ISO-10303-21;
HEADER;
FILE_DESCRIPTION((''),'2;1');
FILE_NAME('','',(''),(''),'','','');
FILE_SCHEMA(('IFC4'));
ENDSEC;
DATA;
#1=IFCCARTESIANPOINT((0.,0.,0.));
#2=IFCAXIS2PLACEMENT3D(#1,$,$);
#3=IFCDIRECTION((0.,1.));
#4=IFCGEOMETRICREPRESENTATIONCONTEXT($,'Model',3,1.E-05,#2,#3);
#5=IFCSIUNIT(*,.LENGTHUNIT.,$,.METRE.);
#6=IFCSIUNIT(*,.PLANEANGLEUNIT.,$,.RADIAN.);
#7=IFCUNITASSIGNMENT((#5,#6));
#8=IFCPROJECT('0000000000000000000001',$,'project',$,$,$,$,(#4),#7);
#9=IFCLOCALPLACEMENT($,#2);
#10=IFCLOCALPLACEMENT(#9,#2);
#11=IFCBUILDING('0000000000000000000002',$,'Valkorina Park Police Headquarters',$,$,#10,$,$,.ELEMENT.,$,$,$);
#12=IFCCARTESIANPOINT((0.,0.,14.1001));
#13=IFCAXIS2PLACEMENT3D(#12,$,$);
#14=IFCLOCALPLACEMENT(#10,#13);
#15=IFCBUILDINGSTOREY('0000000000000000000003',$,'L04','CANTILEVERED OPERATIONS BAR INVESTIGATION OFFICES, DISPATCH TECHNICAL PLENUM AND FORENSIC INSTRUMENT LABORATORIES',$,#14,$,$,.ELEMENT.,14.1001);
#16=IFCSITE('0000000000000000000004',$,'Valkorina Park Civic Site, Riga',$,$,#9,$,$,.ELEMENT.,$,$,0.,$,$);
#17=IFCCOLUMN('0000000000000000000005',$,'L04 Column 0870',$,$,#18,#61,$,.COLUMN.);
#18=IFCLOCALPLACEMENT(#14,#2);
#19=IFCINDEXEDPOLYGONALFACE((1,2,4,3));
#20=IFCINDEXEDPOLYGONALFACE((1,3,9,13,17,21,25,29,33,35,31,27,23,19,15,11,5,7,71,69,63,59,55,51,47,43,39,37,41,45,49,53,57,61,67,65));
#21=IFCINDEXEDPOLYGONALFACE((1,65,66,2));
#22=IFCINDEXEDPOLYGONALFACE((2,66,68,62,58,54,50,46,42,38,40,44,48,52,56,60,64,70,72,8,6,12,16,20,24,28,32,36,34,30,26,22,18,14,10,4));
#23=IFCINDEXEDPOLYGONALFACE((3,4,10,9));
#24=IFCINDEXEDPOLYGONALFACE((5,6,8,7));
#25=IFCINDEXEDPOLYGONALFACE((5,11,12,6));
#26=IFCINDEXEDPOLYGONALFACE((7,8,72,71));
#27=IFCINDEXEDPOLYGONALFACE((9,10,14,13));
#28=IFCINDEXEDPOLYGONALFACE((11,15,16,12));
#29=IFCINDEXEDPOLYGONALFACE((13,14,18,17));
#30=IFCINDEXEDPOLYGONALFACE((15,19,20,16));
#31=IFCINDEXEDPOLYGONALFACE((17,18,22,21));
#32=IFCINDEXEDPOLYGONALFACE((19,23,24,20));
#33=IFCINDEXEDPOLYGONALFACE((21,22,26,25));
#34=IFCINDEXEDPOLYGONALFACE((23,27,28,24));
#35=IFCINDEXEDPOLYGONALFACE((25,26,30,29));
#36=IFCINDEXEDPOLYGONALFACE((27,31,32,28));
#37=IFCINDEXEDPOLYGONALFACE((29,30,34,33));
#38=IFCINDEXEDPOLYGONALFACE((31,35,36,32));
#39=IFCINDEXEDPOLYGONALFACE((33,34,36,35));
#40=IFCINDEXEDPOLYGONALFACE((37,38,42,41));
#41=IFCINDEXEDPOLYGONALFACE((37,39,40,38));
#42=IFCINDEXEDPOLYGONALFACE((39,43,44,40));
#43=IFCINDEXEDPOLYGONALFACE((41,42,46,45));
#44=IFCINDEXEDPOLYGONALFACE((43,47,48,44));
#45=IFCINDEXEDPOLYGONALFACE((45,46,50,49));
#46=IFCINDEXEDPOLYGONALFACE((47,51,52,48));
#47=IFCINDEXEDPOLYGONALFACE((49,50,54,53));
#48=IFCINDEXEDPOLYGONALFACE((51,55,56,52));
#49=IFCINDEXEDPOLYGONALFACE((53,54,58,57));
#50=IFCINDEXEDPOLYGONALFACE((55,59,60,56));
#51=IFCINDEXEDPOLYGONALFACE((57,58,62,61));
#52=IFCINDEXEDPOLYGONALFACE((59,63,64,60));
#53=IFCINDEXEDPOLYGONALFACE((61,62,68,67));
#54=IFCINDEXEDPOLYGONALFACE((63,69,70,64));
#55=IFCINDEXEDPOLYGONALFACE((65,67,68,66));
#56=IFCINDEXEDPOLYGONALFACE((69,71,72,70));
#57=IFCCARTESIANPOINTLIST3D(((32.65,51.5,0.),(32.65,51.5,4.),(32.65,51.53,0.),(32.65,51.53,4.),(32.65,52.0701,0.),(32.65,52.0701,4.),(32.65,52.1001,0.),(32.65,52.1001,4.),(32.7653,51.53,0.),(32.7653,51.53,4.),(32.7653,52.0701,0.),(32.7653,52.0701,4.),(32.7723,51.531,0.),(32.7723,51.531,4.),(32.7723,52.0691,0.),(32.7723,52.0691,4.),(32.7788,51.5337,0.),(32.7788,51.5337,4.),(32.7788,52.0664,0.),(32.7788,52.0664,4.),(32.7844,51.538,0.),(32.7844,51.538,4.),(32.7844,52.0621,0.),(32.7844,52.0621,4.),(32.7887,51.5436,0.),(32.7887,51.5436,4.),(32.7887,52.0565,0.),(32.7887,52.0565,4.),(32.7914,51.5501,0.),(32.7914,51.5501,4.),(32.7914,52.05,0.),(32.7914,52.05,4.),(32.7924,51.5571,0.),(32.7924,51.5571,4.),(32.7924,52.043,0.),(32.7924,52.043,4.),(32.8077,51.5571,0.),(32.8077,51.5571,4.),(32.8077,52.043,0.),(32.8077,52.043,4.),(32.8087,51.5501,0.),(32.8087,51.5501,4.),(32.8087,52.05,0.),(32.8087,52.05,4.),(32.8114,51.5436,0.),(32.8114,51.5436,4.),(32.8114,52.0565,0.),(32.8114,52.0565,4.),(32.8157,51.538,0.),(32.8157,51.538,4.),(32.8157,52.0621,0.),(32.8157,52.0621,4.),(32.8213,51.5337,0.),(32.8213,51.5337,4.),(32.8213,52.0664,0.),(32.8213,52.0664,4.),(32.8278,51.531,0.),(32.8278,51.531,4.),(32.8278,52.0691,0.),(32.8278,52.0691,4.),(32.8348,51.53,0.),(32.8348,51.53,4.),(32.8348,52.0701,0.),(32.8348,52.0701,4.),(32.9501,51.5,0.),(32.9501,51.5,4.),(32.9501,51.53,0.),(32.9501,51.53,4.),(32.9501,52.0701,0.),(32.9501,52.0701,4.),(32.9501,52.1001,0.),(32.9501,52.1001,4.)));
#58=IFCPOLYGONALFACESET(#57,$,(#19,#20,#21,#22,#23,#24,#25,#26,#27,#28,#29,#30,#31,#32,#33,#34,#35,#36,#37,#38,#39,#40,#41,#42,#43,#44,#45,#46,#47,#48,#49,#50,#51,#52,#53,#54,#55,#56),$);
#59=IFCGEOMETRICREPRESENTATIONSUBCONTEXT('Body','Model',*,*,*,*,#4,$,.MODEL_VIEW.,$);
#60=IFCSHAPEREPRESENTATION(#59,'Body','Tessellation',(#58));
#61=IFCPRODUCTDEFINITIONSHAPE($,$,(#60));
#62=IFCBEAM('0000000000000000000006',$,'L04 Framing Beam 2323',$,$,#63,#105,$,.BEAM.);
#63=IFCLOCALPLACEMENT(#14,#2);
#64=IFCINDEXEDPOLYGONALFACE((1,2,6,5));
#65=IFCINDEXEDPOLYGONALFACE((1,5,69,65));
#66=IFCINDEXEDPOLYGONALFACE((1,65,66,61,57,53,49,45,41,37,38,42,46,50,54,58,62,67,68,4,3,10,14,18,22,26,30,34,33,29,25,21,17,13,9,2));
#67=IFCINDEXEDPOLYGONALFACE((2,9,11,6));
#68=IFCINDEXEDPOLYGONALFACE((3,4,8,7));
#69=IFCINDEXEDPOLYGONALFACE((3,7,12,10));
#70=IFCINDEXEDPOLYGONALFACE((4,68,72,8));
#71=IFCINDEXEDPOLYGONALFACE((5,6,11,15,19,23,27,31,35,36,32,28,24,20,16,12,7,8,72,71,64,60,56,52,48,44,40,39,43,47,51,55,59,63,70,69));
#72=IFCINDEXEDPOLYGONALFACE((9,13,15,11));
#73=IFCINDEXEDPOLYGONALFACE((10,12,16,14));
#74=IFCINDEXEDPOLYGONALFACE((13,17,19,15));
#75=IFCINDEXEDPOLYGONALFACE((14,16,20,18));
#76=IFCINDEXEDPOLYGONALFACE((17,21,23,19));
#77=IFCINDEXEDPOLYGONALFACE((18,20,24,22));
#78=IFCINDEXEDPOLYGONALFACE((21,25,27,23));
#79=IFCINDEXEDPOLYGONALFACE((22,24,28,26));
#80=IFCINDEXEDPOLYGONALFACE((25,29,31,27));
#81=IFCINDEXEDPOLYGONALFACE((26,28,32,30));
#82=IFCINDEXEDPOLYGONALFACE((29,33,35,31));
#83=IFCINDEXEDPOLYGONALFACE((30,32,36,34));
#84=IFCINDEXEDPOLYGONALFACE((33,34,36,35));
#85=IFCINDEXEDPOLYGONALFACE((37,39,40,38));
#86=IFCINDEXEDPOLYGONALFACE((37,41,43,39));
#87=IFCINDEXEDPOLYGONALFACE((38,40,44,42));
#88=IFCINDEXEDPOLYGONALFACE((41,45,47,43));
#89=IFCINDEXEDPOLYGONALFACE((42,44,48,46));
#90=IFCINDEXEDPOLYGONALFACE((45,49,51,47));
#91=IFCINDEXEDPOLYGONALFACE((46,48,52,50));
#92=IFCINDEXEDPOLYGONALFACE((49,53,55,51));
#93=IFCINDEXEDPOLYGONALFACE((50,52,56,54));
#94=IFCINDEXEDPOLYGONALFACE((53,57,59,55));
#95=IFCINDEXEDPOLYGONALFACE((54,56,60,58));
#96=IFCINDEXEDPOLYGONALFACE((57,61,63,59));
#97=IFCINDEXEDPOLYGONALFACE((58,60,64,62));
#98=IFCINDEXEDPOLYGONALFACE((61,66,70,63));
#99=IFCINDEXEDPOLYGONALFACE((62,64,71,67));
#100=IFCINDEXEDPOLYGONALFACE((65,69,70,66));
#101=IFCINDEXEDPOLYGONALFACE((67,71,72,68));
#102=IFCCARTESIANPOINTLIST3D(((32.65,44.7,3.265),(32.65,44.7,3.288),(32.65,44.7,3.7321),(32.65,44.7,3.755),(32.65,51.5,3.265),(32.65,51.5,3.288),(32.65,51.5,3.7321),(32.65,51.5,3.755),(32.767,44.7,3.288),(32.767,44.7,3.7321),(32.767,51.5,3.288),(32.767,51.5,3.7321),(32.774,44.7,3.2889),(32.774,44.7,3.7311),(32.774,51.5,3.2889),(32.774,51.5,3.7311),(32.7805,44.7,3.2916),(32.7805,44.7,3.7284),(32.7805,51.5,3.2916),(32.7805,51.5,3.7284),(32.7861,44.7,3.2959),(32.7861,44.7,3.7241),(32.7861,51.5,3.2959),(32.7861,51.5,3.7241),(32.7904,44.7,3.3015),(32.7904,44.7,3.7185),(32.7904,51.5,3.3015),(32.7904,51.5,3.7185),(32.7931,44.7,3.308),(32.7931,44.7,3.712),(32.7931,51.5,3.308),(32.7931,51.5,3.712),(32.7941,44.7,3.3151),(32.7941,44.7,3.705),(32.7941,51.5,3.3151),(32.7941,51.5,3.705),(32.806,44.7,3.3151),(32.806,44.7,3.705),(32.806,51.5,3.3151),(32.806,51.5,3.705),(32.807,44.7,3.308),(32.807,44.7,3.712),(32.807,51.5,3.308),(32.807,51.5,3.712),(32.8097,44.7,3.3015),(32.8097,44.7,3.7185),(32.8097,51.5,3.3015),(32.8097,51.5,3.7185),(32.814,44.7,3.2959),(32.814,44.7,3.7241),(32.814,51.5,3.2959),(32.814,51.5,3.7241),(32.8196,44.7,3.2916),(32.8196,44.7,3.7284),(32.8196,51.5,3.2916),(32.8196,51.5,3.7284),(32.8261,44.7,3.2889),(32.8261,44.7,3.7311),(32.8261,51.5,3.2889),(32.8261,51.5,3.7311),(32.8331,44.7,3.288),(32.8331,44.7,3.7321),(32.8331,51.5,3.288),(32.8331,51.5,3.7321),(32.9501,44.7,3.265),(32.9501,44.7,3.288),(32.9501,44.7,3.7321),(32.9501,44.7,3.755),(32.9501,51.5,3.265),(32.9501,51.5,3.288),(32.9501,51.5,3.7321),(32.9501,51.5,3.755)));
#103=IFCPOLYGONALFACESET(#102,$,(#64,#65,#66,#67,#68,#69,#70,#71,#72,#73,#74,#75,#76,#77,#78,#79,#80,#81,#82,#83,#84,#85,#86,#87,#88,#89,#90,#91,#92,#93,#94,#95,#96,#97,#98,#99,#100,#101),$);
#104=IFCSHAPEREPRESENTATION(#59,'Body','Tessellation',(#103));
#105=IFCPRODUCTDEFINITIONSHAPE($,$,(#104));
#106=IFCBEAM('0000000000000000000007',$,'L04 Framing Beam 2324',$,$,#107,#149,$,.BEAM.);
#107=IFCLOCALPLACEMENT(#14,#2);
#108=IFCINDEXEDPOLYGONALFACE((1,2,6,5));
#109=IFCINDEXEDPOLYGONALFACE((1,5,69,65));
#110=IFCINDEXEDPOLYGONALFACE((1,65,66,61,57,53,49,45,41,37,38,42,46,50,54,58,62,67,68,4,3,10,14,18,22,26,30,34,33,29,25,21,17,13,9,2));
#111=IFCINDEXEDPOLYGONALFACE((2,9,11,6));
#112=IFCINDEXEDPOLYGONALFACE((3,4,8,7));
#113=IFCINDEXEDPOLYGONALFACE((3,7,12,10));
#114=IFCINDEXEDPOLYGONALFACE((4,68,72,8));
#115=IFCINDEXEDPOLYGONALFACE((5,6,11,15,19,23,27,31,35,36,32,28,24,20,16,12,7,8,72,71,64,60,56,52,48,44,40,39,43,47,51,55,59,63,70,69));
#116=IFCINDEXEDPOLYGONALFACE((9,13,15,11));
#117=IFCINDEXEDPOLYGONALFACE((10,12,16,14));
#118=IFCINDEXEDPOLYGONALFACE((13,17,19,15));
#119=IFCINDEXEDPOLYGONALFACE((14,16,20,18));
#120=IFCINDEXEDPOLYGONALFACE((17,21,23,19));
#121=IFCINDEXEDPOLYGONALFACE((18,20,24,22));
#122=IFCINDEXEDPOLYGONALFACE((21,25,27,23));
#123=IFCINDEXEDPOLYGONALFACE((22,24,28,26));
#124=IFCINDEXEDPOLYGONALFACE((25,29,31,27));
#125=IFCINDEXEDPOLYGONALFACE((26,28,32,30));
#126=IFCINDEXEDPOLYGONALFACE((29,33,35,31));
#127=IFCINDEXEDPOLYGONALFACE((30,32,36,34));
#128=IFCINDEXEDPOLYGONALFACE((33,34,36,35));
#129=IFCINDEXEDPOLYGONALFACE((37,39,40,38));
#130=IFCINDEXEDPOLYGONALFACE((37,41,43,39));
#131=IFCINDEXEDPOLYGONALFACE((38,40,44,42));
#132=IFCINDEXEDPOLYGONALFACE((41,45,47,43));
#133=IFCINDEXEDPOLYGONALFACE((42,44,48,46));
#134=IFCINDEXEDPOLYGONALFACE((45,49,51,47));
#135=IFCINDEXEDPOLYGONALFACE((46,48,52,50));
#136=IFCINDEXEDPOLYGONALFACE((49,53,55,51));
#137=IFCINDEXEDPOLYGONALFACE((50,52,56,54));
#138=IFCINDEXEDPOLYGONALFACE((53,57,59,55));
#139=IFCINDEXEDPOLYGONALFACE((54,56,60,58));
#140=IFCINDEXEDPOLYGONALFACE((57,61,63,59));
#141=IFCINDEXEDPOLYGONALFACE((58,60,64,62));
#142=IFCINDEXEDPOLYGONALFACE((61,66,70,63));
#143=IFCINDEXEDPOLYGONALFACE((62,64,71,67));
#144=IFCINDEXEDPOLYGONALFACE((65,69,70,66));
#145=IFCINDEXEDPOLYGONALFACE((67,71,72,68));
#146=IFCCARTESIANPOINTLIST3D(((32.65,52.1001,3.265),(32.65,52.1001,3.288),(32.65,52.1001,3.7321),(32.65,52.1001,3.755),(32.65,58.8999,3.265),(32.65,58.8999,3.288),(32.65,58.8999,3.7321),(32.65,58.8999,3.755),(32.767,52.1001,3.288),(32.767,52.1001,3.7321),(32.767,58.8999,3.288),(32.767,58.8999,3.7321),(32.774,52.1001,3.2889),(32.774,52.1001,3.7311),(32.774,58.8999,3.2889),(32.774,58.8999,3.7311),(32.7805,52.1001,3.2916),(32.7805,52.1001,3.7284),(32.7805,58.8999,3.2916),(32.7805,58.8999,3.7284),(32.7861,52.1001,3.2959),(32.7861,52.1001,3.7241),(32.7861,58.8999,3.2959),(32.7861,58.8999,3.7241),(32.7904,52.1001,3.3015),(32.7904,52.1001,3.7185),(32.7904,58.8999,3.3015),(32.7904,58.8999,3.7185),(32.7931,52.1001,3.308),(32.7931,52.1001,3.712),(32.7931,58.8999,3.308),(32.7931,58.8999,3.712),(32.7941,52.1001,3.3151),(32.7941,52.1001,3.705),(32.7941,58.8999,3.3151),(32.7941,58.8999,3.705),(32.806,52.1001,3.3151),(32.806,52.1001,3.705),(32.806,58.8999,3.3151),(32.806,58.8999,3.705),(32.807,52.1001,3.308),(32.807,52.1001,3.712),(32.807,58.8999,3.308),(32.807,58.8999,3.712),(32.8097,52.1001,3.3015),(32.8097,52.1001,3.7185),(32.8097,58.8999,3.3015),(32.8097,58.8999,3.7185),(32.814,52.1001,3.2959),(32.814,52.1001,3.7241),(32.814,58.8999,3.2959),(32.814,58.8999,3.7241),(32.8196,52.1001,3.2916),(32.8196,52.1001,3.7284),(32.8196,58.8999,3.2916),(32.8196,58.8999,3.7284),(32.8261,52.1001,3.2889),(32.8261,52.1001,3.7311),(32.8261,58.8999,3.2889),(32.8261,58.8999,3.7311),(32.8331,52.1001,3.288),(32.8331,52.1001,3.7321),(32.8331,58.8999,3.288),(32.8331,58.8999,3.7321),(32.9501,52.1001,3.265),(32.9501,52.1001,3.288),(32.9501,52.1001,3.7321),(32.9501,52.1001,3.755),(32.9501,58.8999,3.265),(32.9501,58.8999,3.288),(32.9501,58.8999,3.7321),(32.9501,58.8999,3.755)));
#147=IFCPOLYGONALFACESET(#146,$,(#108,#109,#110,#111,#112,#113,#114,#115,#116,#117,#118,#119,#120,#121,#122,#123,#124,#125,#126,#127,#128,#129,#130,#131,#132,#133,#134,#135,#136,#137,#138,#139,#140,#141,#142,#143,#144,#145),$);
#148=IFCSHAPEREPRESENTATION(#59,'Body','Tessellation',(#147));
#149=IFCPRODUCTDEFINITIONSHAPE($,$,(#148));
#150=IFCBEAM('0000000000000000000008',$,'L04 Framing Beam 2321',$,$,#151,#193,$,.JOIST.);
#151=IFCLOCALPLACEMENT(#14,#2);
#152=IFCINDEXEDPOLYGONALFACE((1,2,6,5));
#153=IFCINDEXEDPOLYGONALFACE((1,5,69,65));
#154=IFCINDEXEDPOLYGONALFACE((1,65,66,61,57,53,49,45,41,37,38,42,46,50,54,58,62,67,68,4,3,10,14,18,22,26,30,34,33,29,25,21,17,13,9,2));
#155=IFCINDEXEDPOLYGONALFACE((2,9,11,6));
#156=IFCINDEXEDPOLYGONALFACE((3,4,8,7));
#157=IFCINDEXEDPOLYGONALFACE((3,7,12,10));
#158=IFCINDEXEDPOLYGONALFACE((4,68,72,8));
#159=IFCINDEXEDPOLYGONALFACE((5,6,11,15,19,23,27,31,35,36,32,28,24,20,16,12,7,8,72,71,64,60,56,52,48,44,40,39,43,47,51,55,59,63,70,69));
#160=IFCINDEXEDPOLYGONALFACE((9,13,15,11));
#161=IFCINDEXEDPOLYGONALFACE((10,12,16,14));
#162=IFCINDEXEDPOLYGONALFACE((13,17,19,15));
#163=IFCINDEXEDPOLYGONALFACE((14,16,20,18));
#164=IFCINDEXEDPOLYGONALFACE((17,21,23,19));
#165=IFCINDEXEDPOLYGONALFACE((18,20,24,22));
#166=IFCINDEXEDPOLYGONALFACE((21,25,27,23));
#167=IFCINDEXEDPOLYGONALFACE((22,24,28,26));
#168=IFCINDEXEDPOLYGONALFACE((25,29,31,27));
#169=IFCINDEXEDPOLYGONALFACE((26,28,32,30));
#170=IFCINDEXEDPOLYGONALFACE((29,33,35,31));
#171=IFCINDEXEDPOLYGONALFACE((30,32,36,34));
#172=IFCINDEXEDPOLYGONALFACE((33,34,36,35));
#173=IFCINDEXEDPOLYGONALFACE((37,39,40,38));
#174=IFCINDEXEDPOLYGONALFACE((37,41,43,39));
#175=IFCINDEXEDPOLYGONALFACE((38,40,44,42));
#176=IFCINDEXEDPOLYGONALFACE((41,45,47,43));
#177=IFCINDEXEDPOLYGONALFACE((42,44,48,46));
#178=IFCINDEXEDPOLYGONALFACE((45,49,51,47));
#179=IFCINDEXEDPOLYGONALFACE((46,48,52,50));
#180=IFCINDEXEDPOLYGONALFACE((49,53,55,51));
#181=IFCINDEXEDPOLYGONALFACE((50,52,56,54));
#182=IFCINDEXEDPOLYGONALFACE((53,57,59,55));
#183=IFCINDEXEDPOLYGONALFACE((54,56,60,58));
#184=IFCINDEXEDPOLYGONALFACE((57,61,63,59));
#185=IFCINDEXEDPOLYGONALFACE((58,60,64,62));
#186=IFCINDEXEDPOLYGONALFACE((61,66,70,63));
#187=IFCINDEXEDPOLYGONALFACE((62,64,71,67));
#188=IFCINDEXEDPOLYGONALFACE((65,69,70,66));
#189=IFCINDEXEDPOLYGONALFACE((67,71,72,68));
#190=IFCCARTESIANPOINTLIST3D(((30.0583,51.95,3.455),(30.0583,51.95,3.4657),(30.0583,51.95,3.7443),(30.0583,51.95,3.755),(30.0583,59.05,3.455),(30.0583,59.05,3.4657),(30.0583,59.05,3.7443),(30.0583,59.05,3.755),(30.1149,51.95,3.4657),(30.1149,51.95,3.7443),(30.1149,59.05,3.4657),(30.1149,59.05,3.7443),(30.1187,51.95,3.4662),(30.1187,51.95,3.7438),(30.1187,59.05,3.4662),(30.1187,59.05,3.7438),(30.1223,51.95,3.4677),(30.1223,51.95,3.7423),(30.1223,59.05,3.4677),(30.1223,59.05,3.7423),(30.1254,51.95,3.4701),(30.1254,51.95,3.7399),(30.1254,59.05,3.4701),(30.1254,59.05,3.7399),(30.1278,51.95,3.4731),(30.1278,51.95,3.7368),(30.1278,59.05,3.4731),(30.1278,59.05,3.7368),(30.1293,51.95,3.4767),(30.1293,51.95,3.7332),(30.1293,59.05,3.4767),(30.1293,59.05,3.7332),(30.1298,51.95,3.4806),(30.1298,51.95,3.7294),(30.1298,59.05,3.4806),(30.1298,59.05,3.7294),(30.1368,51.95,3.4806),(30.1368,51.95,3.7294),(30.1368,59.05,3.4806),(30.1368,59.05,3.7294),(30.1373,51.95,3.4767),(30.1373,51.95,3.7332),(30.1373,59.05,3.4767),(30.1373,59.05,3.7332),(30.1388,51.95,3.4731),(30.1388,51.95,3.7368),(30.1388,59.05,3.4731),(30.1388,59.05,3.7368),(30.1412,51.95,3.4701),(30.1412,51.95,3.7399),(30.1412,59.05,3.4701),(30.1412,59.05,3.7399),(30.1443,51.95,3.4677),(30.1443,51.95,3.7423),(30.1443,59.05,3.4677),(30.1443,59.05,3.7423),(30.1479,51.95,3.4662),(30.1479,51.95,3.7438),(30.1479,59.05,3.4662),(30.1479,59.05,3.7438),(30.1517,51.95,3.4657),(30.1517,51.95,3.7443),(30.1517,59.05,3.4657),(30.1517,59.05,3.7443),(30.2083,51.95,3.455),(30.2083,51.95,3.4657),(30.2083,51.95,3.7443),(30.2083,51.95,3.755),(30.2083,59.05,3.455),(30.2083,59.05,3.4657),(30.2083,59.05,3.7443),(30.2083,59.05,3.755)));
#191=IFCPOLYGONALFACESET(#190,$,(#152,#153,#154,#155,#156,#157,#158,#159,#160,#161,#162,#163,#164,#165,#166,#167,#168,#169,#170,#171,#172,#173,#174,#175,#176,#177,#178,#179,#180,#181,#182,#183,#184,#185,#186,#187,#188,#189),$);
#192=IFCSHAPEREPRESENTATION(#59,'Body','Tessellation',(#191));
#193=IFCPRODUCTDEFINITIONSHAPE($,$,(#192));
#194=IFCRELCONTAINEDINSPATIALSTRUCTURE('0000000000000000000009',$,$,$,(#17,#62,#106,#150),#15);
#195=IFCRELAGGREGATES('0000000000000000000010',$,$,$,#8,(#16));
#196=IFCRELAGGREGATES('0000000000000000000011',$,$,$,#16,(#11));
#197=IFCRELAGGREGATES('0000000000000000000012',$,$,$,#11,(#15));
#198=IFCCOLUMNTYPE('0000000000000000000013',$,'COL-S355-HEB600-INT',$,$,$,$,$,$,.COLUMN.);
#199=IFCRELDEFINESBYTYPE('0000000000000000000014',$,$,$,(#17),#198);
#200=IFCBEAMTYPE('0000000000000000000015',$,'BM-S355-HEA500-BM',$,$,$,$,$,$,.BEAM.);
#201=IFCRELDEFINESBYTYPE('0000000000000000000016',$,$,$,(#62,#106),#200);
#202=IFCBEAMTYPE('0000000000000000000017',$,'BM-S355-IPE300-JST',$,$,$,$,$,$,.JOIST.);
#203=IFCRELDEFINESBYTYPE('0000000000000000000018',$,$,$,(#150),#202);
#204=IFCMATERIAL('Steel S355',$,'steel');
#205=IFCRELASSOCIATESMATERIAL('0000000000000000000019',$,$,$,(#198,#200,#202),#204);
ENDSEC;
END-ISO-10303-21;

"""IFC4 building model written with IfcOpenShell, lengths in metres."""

from ifc_helpers import new_model, si_unit, direction, frame, origin, origin_2d, place, context, subcontext, project, spatial, i_section, extrude, material, material_profile, profile_set, type_object, element, save


model = new_model("IFC4")

# Units and contexts
model_context = context("Model", 3, precision=1e-05, world=origin(), true_north=direction((0.0, 1.0)))
body_context = subcontext(model_context, "Body", "Model", "MODEL_VIEW")
ifc_project = project(units=[si_unit("LENGTHUNIT", "METRE"), si_unit("PLANEANGLEUNIT", "RADIAN")], contexts=[model_context])

# Site, building, storey
site_placement = place(None, origin())
site = spatial("IfcSite", under=ifc_project, at=site_placement, Name="Valkorina Park Civic Site, Riga", CompositionType="ELEMENT", RefElevation=0.0)
building_placement = place(site_placement, origin())
building = spatial("IfcBuilding", under=site, at=building_placement, Name="Valkorina Park Police Headquarters", CompositionType="ELEMENT")
storey_placement = place(building_placement, frame((0.0, 0.0, 14.1001)))
storey = spatial("IfcBuildingStorey", under=building, at=storey_placement, Name="L04", Description="CANTILEVERED OPERATIONS BAR INVESTIGATION OFFICES, DISPATCH TECHNICAL PLENUM AND FORENSIC INSTRUMENT LABORATORIES", CompositionType="ELEMENT", Elevation=14.1001)

# Column
ifc_material_1 = material(Name="Steel S355", Category="steel")
ifc_material_profile_1 = material_profile(ifc_material_1, i_section(OverallWidth=0.3, OverallDepth=0.6001, WebThickness=0.0154, FlangeThickness=0.03, FilletRadius=0.0271, at=origin_2d()), Name="HEB 600")
ifc_profile_set_1 = profile_set([ifc_material_profile_1], Name="Steel S355")
column_type = type_object("IfcColumnType", Name="COL-S355-HEB600-INT", PredefinedType="COLUMN", material=ifc_profile_set_1)
column_placement = place(storey_placement, frame((32.8, 51.8, 0.0), z_axis=(0.0, 0.0, 1.0), x_axis=(1.0, 0.0, 0.0)))
element("IfcColumn", 1, at=column_placement, inside=storey, type_object=column_type, Name="L04 Column 0870", PredefinedType="COLUMN", context=body_context, shape_type="SweptSolid", body=[
    extrude(i_section(OverallWidth=0.3, OverallDepth=0.6001, WebThickness=0.0154, FlangeThickness=0.03, FilletRadius=0.0271, at=origin_2d()), origin(), (0.0, 0.0, 1.0), 4.0),
])

# Beams
ifc_material_profile_2 = material_profile(ifc_material_1, i_section(OverallWidth=0.3, OverallDepth=0.49, WebThickness=0.012, FlangeThickness=0.0229, FilletRadius=0.0271, at=origin_2d()), Name="HEA 500")
ifc_profile_set_2 = profile_set([ifc_material_profile_2], Name="Steel S355")
beam_type_1 = type_object("IfcBeamType", Name="BM-S355-HEA500-BM", PredefinedType="BEAM", material=ifc_profile_set_2)
beam_1_placement = place(storey_placement, frame((32.8, 44.7, 3.51), z_axis=(0.0, 1.0, 0.0), x_axis=(-1.0, 0.0, 0.0)))
element("IfcBeam", 2, at=beam_1_placement, inside=storey, type_object=beam_type_1, Name="L04 Framing Beam 2323", PredefinedType="BEAM", context=body_context, shape_type="SweptSolid", body=[
    extrude(i_section(OverallWidth=0.3, OverallDepth=0.49, WebThickness=0.012, FlangeThickness=0.0229, FilletRadius=0.0271, at=origin_2d()), origin(), (0.0, 0.0, 1.0), 6.8),
])
beam_2_placement = place(storey_placement, frame((32.8, 52.1001, 3.51), z_axis=(0.0, 1.0, 0.0), x_axis=(-1.0, 0.0, 0.0)))
element("IfcBeam", 3, at=beam_2_placement, inside=storey, type_object=beam_type_1, Name="L04 Framing Beam 2324", PredefinedType="BEAM", context=body_context, shape_type="SweptSolid", body=[
    extrude(i_section(OverallWidth=0.3, OverallDepth=0.49, WebThickness=0.012, FlangeThickness=0.0229, FilletRadius=0.0271, at=origin_2d()), origin(), (0.0, 0.0, 1.0), 6.7998),
])
ifc_material_profile_3 = material_profile(ifc_material_1, i_section(OverallWidth=0.1499, OverallDepth=0.3, WebThickness=0.0071, FlangeThickness=0.0107, FilletRadius=0.0149, at=origin_2d()), Name="IPE 300")
ifc_profile_set_3 = profile_set([ifc_material_profile_3], Name="Steel S355")
beam_type_2 = type_object("IfcBeamType", Name="BM-S355-IPE300-JST", PredefinedType="JOIST", material=ifc_profile_set_3)
beam_3_placement = place(storey_placement, frame((30.1333, 51.95, 3.605), z_axis=(0.0, 1.0, 0.0), x_axis=(-1.0, 0.0, 0.0)))
element("IfcBeam", 4, at=beam_3_placement, inside=storey, type_object=beam_type_2, Name="L04 Framing Beam 2321", PredefinedType="JOIST", context=body_context, shape_type="SweptSolid", body=[
    extrude(i_section(OverallWidth=0.1499, OverallDepth=0.3, WebThickness=0.0071, FlangeThickness=0.0107, FilletRadius=0.0149, at=origin_2d()), origin(), (0.0, 0.0, 1.0), 7.1001),
])

save(model, "model.ifc")
